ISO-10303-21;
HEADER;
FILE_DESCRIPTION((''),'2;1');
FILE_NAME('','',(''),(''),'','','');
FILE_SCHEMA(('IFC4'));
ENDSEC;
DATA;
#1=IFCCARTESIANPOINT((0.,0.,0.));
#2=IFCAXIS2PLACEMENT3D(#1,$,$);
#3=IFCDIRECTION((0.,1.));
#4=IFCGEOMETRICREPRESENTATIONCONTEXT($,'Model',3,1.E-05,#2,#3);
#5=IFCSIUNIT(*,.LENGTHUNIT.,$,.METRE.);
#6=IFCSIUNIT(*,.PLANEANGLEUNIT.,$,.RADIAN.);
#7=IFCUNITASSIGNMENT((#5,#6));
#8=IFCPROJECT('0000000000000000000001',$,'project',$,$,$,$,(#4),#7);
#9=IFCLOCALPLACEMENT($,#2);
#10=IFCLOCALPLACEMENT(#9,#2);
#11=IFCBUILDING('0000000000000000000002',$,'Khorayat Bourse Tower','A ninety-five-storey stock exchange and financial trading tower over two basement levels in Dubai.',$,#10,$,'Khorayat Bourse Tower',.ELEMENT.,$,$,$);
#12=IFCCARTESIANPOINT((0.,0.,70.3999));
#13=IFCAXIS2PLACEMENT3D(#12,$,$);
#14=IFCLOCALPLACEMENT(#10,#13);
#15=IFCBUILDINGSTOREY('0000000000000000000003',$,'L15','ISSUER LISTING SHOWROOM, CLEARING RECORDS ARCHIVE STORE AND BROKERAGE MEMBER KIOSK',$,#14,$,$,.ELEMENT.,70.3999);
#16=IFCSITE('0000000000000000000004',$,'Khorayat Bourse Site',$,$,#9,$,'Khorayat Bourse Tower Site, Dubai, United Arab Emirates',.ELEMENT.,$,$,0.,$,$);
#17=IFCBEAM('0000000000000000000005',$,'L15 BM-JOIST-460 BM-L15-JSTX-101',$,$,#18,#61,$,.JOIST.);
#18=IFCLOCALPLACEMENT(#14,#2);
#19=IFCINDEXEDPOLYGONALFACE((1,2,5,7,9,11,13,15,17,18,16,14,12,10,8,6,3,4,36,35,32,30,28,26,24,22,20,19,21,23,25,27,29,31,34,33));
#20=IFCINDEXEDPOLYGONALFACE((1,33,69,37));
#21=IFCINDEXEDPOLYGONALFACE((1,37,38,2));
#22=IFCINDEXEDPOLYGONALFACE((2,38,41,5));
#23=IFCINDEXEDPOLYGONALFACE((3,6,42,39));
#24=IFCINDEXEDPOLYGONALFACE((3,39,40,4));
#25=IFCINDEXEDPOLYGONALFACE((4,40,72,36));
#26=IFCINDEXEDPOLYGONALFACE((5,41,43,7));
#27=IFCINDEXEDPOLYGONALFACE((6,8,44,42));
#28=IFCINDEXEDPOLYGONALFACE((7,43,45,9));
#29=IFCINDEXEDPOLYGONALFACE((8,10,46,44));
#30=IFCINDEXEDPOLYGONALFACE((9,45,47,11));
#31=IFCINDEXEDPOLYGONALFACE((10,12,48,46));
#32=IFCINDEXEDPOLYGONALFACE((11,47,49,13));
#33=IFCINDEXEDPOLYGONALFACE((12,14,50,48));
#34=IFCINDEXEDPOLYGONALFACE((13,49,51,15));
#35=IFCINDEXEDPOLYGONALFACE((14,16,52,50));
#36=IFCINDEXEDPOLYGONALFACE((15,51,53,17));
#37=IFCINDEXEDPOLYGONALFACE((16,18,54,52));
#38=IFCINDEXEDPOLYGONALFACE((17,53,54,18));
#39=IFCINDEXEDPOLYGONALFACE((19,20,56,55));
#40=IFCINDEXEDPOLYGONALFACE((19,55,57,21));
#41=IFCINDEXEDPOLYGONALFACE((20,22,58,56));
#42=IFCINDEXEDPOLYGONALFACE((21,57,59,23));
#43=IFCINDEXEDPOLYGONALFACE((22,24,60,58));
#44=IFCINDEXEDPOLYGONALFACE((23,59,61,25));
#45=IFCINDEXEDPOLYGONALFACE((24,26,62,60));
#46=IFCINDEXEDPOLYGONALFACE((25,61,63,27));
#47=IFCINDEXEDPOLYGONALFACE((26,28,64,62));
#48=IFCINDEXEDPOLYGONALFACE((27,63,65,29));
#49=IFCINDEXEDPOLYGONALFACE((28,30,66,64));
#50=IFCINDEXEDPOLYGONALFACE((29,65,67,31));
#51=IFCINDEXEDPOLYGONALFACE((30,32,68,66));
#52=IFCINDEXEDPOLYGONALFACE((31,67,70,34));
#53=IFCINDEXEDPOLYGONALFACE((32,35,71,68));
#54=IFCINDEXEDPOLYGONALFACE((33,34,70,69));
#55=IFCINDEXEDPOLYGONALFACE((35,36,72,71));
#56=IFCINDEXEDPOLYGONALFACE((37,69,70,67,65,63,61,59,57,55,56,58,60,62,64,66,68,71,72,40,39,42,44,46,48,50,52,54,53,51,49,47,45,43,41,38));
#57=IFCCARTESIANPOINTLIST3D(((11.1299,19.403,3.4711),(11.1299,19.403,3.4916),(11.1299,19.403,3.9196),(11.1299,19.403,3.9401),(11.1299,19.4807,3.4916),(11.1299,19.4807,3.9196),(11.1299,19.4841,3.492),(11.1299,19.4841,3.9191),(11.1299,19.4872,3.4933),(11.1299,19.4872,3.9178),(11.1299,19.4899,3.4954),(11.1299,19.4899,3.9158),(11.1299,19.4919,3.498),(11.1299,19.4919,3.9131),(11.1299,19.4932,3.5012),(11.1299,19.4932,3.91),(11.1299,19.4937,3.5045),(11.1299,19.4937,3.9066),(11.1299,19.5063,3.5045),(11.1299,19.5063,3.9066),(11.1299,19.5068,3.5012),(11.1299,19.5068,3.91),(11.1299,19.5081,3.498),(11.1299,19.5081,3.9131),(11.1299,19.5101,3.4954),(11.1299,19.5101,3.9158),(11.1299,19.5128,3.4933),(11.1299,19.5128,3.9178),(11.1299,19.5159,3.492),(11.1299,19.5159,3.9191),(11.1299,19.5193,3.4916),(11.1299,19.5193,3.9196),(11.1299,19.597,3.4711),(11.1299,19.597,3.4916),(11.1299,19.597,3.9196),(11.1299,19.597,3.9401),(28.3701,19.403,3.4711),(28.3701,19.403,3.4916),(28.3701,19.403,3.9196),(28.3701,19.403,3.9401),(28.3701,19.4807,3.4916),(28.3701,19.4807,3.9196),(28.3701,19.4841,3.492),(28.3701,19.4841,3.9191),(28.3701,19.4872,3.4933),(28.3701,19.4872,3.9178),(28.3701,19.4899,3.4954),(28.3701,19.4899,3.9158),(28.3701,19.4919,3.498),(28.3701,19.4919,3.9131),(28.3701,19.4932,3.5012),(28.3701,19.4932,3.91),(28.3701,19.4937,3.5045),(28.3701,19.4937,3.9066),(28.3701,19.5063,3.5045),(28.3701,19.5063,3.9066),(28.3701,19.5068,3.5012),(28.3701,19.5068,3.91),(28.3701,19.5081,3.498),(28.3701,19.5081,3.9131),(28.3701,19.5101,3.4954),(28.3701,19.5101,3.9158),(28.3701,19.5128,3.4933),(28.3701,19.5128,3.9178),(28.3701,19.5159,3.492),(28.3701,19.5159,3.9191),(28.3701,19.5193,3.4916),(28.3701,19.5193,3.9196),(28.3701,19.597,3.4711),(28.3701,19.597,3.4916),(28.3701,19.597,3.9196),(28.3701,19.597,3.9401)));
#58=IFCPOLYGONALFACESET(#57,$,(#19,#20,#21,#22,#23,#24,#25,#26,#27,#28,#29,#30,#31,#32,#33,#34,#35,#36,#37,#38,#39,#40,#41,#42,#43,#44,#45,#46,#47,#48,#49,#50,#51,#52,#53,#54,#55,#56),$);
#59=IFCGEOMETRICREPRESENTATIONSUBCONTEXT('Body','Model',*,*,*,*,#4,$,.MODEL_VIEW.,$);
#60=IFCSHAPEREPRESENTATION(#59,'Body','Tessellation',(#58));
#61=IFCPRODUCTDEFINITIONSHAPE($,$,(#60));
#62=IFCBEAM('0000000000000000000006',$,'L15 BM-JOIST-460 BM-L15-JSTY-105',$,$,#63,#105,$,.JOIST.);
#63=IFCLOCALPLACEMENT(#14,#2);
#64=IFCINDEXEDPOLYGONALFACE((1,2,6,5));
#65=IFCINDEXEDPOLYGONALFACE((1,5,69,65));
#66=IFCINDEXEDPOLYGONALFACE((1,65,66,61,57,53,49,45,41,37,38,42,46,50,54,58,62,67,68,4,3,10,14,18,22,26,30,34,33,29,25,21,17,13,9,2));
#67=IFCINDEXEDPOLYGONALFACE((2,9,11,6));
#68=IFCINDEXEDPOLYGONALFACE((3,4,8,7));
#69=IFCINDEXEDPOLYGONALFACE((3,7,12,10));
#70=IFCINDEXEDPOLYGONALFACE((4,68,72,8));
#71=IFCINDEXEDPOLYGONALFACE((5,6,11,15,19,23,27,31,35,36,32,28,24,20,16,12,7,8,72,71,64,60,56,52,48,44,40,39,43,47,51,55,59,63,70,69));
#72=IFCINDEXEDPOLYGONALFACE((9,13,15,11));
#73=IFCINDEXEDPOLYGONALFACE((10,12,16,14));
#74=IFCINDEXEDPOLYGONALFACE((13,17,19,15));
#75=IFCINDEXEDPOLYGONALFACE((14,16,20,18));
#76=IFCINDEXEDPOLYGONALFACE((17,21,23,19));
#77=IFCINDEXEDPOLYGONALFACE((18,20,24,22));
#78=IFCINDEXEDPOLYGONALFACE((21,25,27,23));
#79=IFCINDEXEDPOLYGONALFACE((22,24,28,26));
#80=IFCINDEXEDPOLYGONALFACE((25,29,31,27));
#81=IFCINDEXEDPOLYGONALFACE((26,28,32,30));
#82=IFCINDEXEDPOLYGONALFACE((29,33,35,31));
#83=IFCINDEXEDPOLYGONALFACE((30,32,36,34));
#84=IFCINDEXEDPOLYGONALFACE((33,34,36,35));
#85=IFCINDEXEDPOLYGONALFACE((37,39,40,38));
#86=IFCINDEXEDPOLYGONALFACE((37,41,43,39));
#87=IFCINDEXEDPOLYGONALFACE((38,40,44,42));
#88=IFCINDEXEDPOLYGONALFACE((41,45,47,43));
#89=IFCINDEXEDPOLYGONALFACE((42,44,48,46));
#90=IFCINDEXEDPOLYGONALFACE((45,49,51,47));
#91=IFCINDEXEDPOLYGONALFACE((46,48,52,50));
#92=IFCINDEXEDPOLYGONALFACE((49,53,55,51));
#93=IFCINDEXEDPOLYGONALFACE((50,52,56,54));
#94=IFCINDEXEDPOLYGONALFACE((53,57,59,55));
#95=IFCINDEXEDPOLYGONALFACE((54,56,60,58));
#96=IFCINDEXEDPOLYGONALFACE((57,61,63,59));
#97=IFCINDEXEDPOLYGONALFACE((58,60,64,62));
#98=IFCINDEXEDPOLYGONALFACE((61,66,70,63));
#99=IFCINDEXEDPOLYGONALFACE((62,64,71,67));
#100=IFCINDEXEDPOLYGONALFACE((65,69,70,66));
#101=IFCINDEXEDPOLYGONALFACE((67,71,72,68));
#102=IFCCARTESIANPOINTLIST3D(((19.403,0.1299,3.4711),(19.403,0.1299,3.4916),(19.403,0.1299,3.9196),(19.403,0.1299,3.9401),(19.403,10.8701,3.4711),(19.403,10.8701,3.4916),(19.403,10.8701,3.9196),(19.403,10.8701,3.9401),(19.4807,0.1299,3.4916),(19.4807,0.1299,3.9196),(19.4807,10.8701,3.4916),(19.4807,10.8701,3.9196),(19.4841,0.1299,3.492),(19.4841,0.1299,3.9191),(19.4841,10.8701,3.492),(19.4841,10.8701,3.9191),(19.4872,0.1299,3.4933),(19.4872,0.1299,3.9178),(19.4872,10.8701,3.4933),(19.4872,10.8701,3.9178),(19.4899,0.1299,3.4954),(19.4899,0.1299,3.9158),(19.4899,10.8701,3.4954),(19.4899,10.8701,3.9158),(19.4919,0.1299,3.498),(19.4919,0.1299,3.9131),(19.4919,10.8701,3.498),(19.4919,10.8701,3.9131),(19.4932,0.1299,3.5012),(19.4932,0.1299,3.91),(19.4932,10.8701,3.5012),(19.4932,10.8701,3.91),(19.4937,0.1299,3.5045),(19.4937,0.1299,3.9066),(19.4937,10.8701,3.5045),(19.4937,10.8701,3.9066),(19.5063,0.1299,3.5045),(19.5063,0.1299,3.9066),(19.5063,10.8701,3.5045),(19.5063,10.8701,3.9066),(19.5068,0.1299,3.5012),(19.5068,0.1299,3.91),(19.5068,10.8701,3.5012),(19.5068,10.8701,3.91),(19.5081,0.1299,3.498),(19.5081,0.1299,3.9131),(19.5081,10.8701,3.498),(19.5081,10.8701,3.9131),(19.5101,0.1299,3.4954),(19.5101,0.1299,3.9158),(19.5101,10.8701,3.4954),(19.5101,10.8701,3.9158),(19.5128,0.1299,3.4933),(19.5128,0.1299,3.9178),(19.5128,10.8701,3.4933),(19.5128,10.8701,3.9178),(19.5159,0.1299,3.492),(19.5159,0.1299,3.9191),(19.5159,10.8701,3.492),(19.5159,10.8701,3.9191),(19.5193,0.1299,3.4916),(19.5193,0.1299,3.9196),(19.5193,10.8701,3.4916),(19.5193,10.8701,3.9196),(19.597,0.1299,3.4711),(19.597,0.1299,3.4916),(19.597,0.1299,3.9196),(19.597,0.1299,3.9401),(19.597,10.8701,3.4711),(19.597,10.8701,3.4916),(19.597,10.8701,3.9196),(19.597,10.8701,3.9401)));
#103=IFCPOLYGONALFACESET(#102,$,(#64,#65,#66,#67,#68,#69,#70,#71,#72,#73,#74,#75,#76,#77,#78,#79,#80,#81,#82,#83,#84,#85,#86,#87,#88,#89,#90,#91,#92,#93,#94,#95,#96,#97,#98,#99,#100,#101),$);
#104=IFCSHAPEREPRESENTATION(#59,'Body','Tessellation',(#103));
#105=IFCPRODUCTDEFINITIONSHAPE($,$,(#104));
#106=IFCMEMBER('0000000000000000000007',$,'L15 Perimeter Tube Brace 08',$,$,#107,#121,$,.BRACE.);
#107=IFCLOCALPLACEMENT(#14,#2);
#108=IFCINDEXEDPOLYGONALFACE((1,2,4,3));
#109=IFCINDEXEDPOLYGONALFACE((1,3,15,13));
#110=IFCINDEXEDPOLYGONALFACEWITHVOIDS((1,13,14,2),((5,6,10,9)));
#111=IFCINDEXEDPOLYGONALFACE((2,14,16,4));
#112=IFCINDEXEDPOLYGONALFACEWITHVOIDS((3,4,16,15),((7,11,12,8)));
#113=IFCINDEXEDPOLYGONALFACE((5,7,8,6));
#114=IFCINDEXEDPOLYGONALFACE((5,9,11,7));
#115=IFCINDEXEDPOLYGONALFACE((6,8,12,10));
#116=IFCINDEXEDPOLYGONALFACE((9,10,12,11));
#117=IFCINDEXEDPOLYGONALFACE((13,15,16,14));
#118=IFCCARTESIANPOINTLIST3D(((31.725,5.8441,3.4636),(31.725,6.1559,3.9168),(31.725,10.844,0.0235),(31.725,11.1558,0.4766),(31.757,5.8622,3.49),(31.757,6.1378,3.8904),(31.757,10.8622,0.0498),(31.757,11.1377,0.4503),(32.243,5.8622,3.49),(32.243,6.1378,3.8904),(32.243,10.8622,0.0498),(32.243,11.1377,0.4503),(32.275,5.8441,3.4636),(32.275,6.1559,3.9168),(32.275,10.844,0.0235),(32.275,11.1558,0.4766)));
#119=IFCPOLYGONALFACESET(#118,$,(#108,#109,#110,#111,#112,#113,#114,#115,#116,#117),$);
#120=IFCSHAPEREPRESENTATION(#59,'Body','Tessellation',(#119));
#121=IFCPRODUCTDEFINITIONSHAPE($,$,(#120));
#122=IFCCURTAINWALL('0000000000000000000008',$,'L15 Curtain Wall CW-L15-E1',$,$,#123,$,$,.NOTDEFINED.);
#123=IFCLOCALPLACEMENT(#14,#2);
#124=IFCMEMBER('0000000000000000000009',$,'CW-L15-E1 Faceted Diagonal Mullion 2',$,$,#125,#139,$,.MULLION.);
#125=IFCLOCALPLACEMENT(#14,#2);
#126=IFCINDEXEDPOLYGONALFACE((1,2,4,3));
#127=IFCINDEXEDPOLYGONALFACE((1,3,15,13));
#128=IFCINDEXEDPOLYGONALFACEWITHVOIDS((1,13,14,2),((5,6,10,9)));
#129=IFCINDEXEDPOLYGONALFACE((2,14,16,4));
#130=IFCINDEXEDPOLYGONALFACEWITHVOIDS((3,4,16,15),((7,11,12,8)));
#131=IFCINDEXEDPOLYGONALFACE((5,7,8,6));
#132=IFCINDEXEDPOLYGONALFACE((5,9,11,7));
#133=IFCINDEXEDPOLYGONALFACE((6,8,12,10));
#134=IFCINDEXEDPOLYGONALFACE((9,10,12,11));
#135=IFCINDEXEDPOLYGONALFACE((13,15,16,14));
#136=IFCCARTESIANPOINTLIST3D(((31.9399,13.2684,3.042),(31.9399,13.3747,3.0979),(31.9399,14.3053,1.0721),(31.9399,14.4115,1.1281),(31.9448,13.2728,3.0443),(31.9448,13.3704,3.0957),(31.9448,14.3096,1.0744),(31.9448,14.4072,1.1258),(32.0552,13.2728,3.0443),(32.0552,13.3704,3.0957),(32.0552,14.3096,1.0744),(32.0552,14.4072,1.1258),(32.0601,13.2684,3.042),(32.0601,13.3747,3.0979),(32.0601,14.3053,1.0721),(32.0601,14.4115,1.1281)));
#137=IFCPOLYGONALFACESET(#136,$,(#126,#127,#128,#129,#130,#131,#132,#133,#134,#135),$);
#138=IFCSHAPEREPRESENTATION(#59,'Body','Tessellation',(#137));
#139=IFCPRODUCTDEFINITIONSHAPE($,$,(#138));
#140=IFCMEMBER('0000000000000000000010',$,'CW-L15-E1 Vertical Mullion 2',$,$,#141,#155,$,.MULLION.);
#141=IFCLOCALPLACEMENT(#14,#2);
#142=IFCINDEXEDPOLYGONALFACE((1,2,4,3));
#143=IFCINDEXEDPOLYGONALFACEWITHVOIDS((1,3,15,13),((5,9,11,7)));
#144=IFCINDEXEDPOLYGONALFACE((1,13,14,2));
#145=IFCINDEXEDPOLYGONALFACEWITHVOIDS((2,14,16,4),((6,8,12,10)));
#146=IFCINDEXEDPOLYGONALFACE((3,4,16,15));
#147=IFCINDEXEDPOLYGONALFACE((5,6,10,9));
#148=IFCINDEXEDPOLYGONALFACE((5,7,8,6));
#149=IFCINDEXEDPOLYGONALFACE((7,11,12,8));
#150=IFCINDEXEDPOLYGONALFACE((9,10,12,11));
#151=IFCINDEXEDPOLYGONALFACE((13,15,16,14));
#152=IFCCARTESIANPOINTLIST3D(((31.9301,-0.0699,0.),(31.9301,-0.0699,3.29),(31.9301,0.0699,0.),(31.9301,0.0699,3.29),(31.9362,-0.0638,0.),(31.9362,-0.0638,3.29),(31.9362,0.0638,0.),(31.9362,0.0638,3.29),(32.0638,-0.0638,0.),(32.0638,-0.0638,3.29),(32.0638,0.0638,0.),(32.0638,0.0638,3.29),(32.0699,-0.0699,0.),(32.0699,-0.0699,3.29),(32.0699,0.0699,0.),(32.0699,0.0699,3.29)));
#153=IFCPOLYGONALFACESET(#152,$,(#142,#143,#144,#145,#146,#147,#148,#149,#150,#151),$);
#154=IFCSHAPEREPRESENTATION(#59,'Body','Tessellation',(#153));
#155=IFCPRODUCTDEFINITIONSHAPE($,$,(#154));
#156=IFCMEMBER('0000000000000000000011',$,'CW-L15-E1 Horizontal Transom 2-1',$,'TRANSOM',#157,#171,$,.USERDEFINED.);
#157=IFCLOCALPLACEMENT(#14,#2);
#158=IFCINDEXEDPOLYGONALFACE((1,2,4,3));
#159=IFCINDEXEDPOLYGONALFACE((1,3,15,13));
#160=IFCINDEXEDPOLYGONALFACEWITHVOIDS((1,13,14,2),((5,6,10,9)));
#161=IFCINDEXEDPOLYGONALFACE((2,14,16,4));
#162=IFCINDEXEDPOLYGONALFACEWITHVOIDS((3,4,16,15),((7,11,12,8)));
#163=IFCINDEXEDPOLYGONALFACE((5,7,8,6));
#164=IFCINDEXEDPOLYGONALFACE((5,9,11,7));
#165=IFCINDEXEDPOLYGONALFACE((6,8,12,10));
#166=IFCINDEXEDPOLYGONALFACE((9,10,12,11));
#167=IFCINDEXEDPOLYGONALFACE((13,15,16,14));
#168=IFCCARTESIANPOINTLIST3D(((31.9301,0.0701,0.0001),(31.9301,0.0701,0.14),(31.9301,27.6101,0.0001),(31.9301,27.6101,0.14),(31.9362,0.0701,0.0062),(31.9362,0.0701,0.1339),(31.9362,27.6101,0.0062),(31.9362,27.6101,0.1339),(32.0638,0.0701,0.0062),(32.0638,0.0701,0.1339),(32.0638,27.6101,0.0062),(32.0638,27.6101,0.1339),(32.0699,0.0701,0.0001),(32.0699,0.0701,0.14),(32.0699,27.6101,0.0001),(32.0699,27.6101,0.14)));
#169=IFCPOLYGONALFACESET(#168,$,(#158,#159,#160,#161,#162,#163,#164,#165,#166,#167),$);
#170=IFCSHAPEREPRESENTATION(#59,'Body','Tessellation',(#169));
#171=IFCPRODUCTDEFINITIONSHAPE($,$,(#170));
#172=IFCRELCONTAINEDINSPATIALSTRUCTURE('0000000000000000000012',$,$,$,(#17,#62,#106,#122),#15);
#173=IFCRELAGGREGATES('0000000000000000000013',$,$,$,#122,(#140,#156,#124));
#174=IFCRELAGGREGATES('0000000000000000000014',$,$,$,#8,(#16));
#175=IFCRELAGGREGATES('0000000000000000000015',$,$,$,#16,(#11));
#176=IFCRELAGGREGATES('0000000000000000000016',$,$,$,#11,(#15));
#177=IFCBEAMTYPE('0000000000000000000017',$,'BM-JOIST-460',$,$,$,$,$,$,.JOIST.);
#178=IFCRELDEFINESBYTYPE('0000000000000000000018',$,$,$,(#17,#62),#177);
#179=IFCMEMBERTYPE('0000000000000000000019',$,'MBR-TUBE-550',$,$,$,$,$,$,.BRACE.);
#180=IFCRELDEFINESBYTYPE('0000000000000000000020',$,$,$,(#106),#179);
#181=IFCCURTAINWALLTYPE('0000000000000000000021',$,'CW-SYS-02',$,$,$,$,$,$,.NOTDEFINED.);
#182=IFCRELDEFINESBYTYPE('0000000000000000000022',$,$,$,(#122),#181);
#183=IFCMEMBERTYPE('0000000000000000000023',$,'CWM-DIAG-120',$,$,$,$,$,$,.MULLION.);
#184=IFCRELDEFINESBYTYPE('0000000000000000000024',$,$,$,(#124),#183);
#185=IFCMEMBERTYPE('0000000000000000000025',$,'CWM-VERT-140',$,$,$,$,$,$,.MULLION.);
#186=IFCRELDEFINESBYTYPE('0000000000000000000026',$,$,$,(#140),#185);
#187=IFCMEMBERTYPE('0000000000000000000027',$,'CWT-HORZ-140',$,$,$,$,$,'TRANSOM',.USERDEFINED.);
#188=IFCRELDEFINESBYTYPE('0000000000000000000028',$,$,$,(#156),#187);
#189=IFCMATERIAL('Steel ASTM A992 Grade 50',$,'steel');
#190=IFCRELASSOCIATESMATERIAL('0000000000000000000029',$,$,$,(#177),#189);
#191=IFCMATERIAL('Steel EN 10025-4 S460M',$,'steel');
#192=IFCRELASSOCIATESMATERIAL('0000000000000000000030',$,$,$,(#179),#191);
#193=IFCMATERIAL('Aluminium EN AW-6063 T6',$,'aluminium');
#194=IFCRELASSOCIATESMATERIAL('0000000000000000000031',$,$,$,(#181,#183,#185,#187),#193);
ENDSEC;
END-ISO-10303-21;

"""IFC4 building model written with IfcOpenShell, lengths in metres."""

from ifc_helpers import new_model, si_unit, direction, frame, origin, origin_2d, place, context, subcontext, project, spatial, hollow_rectangle, i_section, extrude, source, transform, mapped, material, material_profile, profile_set, type_object, element, aggregate, save


model = new_model("IFC4")

# Units and contexts
model_context = context("Model", 3, precision=1e-05, world=origin(), true_north=direction((0.0, 1.0)))
body_context = subcontext(model_context, "Body", "Model", "MODEL_VIEW")
ifc_project = project(units=[si_unit("LENGTHUNIT", "METRE"), si_unit("PLANEANGLEUNIT", "RADIAN")], contexts=[model_context])

# Site, building, storey
site_placement = place(None, origin())
site = spatial("IfcSite", under=ifc_project, at=site_placement, Name="Khorayat Bourse Site", LongName="Khorayat Bourse Tower Site, Dubai, United Arab Emirates", CompositionType="ELEMENT", RefElevation=0.0)
building_placement = place(site_placement, origin())
building = spatial("IfcBuilding", under=site, at=building_placement, Name="Khorayat Bourse Tower", Description="A ninety-five-storey stock exchange and financial trading tower over two basement levels in Dubai.", LongName="Khorayat Bourse Tower", CompositionType="ELEMENT")
storey_placement = place(building_placement, frame((0.0, 0.0, 70.3999)))
storey = spatial("IfcBuildingStorey", under=building, at=storey_placement, Name="L15", Description="ISSUER LISTING SHOWROOM, CLEARING RECORDS ARCHIVE STORE AND BROKERAGE MEMBER KIOSK", CompositionType="ELEMENT", Elevation=70.3999)

# Shared definitions
ifc_material_1 = material(Name="Steel EN 10025-4 S460M", Category="steel")

# Beams
ifc_material_2 = material(Name="Steel ASTM A992 Grade 50", Category="steel")
ifc_material_profile_1 = material_profile(ifc_material_2, i_section(OverallWidth=0.1941, OverallDepth=0.469, WebThickness=0.0127, FlangeThickness=0.0205, FilletRadius=0.0129, at=origin_2d()), Name="W460X106")
ifc_profile_set_1 = profile_set([ifc_material_profile_1], Name="Steel ASTM A992 Grade 50")
beam_type_1 = type_object("IfcBeamType", Name="BM-JOIST-460", PredefinedType="JOIST", material=ifc_profile_set_1)
shared_shape_1 = source(origin(), body_context, "Body", "SweptSolid", [
    extrude(i_section(OverallWidth=0.1941, OverallDepth=0.469, WebThickness=0.0127, FlangeThickness=0.0205, FilletRadius=0.0129, at=origin_2d()), origin(), (0.0, 0.0, 1.0), 17.2402),
])
beam_1_placement = place(storey_placement, frame((11.1299, 19.5, 3.7056), z_axis=(1.0, 0.0, 0.0), x_axis=(0.0, 1.0, 0.0)))
element("IfcBeam", 1, at=beam_1_placement, inside=storey, type_object=beam_type_1, Name="L15 BM-JOIST-460 BM-L15-JSTX-101", PredefinedType="JOIST", context=body_context, shape_type="MappedRepresentation", body=[
    mapped(shared_shape_1, transform((0.0, 0.0, 0.0), scale=1.0)),
])
shared_shape_2 = source(origin(), body_context, "Body", "SweptSolid", [
    extrude(i_section(OverallWidth=0.1941, OverallDepth=0.469, WebThickness=0.0127, FlangeThickness=0.0205, FilletRadius=0.0129, at=origin_2d()), origin(), (0.0, 0.0, 1.0), 10.7402),
])
beam_2_placement = place(storey_placement, frame((19.5, 0.1299, 3.7056), z_axis=(0.0, 1.0, 0.0), x_axis=(-1.0, 0.0, 0.0)))
element("IfcBeam", 2, at=beam_2_placement, inside=storey, type_object=beam_type_1, Name="L15 BM-JOIST-460 BM-L15-JSTY-105", PredefinedType="JOIST", context=body_context, shape_type="MappedRepresentation", body=[
    mapped(shared_shape_2, transform((0.0, 0.0, 0.0), scale=1.0)),
])

# Member
ifc_material_profile_2 = material_profile(ifc_material_1, hollow_rectangle(XDim=0.55, YDim=0.55, WallThickness=0.032, at=origin_2d()), Name="HSS 550x550x32")
ifc_profile_set_2 = profile_set([ifc_material_profile_2], Name="Steel EN 10025-4 S460M")
member_type_1 = type_object("IfcMemberType", Name="MBR-TUBE-550", PredefinedType="BRACE", material=ifc_profile_set_2)
shared_shape_3 = source(origin(), body_context, "Body", "SweptSolid", [
    extrude(hollow_rectangle(XDim=0.55, YDim=0.55, WallThickness=0.032, at=origin_2d()), origin(), (0.0, 0.0, 1.0), 6.0691),
])
member_1_placement = place(storey_placement, frame((32.0, 6.0, 3.6902), z_axis=(0.0, 0.823835, -0.566829), x_axis=(-1.0, 0.0, 0.0)))
element("IfcMember", 3, at=member_1_placement, inside=storey, type_object=member_type_1, Name="L15 Perimeter Tube Brace 08", PredefinedType="BRACE", context=body_context, shape_type="MappedRepresentation", body=[
    mapped(shared_shape_3, transform((0.0, 0.0, 0.0), scale=1.0)),
])

# Curtain wall, members
ifc_material_3 = material(Name="Aluminium EN AW-6063 T6", Category="aluminium")
curtain_wall_type = type_object("IfcCurtainWallType", Name="CW-SYS-02", PredefinedType="NOTDEFINED", material=ifc_material_3)
curtain_wall_placement = place(storey_placement, origin())
curtain_wall = element("IfcCurtainWall", 4, at=curtain_wall_placement, inside=storey, type_object=curtain_wall_type, Name="L15 Curtain Wall CW-L15-E1", PredefinedType="NOTDEFINED")
ifc_material_profile_3 = material_profile(ifc_material_3, hollow_rectangle(XDim=0.1201, YDim=0.1201, WallThickness=0.0049, at=origin_2d()), Name="ALU 120x120x5")
ifc_profile_set_3 = profile_set([ifc_material_profile_3], Name="Aluminium EN AW-6063 T6")
member_type_2 = type_object("IfcMemberType", Name="CWM-DIAG-120", PredefinedType="MULLION", material=ifc_profile_set_3)
shared_shape_4 = source(origin(), body_context, "Body", "SweptSolid", [
    extrude(hollow_rectangle(XDim=0.1201, YDim=0.1201, WallThickness=0.0049, at=origin_2d()), origin(), (0.0, 0.0, 1.0), 2.2261),
])
member_2_placement = place(storey_placement, frame((32.0, 14.3584, 1.1001), z_axis=(0.0, -0.46576, 0.884911), x_axis=(1.0, 0.0, 0.0)))
member_2 = element("IfcMember", 5, at=member_2_placement, type_object=member_type_2, Name="CW-L15-E1 Faceted Diagonal Mullion 2", PredefinedType="MULLION", context=body_context, shape_type="MappedRepresentation", body=[
    mapped(shared_shape_4, transform((0.0, 0.0, 0.0), scale=1.0)),
])
ifc_material_profile_4 = material_profile(ifc_material_3, hollow_rectangle(XDim=0.1399, YDim=0.1399, WallThickness=0.0061, at=origin_2d()), Name="ALU 140x140x6")
ifc_profile_set_4 = profile_set([ifc_material_profile_4], Name="Aluminium EN AW-6063 T6")
member_type_3 = type_object("IfcMemberType", Name="CWM-VERT-140", PredefinedType="MULLION", material=ifc_profile_set_4)
shared_shape_5 = source(origin(), body_context, "Body", "SweptSolid", [
    extrude(hollow_rectangle(XDim=0.1399, YDim=0.1399, WallThickness=0.0061, at=origin_2d()), origin(), (0.0, 0.0, 1.0), 3.29),
])
member_3_placement = place(storey_placement, frame((32.0, 0.0, 0.0), z_axis=(0.0, 0.0, 1.0), x_axis=(-1.0, 0.0, 0.0)))
member_3 = element("IfcMember", 6, at=member_3_placement, type_object=member_type_3, Name="CW-L15-E1 Vertical Mullion 2", PredefinedType="MULLION", context=body_context, shape_type="MappedRepresentation", body=[
    mapped(shared_shape_5, transform((0.0, 0.0, 0.0), scale=1.0)),
])
ifc_material_profile_5 = material_profile(ifc_material_3, hollow_rectangle(XDim=0.1399, YDim=0.1399, WallThickness=0.0061, at=origin_2d()), Name="ALU 140x140x6")
ifc_profile_set_5 = profile_set([ifc_material_profile_5], Name="Aluminium EN AW-6063 T6")
member_type_4 = type_object("IfcMemberType", Name="CWT-HORZ-140", ElementType="TRANSOM", PredefinedType="USERDEFINED", material=ifc_profile_set_5)
shared_shape_6 = source(origin(), body_context, "Body", "SweptSolid", [
    extrude(hollow_rectangle(XDim=0.1399, YDim=0.1399, WallThickness=0.0061, at=origin_2d()), origin(), (0.0, 0.0, 1.0), 27.54),
])
member_4_placement = place(storey_placement, frame((32.0, 0.0701, 0.0701), z_axis=(0.0, 1.0, 0.0), x_axis=(-1.0, 0.0, 0.0)))
member_4 = element("IfcMember", 7, at=member_4_placement, type_object=member_type_4, Name="CW-L15-E1 Horizontal Transom 2-1", ObjectType="TRANSOM", PredefinedType="USERDEFINED", context=body_context, shape_type="MappedRepresentation", body=[
    mapped(shared_shape_6, transform((0.0, 0.0, 0.0), scale=1.0)),
])

aggregate(curtain_wall, [member_3, member_4, member_2])

save(model, "model.ifc")
